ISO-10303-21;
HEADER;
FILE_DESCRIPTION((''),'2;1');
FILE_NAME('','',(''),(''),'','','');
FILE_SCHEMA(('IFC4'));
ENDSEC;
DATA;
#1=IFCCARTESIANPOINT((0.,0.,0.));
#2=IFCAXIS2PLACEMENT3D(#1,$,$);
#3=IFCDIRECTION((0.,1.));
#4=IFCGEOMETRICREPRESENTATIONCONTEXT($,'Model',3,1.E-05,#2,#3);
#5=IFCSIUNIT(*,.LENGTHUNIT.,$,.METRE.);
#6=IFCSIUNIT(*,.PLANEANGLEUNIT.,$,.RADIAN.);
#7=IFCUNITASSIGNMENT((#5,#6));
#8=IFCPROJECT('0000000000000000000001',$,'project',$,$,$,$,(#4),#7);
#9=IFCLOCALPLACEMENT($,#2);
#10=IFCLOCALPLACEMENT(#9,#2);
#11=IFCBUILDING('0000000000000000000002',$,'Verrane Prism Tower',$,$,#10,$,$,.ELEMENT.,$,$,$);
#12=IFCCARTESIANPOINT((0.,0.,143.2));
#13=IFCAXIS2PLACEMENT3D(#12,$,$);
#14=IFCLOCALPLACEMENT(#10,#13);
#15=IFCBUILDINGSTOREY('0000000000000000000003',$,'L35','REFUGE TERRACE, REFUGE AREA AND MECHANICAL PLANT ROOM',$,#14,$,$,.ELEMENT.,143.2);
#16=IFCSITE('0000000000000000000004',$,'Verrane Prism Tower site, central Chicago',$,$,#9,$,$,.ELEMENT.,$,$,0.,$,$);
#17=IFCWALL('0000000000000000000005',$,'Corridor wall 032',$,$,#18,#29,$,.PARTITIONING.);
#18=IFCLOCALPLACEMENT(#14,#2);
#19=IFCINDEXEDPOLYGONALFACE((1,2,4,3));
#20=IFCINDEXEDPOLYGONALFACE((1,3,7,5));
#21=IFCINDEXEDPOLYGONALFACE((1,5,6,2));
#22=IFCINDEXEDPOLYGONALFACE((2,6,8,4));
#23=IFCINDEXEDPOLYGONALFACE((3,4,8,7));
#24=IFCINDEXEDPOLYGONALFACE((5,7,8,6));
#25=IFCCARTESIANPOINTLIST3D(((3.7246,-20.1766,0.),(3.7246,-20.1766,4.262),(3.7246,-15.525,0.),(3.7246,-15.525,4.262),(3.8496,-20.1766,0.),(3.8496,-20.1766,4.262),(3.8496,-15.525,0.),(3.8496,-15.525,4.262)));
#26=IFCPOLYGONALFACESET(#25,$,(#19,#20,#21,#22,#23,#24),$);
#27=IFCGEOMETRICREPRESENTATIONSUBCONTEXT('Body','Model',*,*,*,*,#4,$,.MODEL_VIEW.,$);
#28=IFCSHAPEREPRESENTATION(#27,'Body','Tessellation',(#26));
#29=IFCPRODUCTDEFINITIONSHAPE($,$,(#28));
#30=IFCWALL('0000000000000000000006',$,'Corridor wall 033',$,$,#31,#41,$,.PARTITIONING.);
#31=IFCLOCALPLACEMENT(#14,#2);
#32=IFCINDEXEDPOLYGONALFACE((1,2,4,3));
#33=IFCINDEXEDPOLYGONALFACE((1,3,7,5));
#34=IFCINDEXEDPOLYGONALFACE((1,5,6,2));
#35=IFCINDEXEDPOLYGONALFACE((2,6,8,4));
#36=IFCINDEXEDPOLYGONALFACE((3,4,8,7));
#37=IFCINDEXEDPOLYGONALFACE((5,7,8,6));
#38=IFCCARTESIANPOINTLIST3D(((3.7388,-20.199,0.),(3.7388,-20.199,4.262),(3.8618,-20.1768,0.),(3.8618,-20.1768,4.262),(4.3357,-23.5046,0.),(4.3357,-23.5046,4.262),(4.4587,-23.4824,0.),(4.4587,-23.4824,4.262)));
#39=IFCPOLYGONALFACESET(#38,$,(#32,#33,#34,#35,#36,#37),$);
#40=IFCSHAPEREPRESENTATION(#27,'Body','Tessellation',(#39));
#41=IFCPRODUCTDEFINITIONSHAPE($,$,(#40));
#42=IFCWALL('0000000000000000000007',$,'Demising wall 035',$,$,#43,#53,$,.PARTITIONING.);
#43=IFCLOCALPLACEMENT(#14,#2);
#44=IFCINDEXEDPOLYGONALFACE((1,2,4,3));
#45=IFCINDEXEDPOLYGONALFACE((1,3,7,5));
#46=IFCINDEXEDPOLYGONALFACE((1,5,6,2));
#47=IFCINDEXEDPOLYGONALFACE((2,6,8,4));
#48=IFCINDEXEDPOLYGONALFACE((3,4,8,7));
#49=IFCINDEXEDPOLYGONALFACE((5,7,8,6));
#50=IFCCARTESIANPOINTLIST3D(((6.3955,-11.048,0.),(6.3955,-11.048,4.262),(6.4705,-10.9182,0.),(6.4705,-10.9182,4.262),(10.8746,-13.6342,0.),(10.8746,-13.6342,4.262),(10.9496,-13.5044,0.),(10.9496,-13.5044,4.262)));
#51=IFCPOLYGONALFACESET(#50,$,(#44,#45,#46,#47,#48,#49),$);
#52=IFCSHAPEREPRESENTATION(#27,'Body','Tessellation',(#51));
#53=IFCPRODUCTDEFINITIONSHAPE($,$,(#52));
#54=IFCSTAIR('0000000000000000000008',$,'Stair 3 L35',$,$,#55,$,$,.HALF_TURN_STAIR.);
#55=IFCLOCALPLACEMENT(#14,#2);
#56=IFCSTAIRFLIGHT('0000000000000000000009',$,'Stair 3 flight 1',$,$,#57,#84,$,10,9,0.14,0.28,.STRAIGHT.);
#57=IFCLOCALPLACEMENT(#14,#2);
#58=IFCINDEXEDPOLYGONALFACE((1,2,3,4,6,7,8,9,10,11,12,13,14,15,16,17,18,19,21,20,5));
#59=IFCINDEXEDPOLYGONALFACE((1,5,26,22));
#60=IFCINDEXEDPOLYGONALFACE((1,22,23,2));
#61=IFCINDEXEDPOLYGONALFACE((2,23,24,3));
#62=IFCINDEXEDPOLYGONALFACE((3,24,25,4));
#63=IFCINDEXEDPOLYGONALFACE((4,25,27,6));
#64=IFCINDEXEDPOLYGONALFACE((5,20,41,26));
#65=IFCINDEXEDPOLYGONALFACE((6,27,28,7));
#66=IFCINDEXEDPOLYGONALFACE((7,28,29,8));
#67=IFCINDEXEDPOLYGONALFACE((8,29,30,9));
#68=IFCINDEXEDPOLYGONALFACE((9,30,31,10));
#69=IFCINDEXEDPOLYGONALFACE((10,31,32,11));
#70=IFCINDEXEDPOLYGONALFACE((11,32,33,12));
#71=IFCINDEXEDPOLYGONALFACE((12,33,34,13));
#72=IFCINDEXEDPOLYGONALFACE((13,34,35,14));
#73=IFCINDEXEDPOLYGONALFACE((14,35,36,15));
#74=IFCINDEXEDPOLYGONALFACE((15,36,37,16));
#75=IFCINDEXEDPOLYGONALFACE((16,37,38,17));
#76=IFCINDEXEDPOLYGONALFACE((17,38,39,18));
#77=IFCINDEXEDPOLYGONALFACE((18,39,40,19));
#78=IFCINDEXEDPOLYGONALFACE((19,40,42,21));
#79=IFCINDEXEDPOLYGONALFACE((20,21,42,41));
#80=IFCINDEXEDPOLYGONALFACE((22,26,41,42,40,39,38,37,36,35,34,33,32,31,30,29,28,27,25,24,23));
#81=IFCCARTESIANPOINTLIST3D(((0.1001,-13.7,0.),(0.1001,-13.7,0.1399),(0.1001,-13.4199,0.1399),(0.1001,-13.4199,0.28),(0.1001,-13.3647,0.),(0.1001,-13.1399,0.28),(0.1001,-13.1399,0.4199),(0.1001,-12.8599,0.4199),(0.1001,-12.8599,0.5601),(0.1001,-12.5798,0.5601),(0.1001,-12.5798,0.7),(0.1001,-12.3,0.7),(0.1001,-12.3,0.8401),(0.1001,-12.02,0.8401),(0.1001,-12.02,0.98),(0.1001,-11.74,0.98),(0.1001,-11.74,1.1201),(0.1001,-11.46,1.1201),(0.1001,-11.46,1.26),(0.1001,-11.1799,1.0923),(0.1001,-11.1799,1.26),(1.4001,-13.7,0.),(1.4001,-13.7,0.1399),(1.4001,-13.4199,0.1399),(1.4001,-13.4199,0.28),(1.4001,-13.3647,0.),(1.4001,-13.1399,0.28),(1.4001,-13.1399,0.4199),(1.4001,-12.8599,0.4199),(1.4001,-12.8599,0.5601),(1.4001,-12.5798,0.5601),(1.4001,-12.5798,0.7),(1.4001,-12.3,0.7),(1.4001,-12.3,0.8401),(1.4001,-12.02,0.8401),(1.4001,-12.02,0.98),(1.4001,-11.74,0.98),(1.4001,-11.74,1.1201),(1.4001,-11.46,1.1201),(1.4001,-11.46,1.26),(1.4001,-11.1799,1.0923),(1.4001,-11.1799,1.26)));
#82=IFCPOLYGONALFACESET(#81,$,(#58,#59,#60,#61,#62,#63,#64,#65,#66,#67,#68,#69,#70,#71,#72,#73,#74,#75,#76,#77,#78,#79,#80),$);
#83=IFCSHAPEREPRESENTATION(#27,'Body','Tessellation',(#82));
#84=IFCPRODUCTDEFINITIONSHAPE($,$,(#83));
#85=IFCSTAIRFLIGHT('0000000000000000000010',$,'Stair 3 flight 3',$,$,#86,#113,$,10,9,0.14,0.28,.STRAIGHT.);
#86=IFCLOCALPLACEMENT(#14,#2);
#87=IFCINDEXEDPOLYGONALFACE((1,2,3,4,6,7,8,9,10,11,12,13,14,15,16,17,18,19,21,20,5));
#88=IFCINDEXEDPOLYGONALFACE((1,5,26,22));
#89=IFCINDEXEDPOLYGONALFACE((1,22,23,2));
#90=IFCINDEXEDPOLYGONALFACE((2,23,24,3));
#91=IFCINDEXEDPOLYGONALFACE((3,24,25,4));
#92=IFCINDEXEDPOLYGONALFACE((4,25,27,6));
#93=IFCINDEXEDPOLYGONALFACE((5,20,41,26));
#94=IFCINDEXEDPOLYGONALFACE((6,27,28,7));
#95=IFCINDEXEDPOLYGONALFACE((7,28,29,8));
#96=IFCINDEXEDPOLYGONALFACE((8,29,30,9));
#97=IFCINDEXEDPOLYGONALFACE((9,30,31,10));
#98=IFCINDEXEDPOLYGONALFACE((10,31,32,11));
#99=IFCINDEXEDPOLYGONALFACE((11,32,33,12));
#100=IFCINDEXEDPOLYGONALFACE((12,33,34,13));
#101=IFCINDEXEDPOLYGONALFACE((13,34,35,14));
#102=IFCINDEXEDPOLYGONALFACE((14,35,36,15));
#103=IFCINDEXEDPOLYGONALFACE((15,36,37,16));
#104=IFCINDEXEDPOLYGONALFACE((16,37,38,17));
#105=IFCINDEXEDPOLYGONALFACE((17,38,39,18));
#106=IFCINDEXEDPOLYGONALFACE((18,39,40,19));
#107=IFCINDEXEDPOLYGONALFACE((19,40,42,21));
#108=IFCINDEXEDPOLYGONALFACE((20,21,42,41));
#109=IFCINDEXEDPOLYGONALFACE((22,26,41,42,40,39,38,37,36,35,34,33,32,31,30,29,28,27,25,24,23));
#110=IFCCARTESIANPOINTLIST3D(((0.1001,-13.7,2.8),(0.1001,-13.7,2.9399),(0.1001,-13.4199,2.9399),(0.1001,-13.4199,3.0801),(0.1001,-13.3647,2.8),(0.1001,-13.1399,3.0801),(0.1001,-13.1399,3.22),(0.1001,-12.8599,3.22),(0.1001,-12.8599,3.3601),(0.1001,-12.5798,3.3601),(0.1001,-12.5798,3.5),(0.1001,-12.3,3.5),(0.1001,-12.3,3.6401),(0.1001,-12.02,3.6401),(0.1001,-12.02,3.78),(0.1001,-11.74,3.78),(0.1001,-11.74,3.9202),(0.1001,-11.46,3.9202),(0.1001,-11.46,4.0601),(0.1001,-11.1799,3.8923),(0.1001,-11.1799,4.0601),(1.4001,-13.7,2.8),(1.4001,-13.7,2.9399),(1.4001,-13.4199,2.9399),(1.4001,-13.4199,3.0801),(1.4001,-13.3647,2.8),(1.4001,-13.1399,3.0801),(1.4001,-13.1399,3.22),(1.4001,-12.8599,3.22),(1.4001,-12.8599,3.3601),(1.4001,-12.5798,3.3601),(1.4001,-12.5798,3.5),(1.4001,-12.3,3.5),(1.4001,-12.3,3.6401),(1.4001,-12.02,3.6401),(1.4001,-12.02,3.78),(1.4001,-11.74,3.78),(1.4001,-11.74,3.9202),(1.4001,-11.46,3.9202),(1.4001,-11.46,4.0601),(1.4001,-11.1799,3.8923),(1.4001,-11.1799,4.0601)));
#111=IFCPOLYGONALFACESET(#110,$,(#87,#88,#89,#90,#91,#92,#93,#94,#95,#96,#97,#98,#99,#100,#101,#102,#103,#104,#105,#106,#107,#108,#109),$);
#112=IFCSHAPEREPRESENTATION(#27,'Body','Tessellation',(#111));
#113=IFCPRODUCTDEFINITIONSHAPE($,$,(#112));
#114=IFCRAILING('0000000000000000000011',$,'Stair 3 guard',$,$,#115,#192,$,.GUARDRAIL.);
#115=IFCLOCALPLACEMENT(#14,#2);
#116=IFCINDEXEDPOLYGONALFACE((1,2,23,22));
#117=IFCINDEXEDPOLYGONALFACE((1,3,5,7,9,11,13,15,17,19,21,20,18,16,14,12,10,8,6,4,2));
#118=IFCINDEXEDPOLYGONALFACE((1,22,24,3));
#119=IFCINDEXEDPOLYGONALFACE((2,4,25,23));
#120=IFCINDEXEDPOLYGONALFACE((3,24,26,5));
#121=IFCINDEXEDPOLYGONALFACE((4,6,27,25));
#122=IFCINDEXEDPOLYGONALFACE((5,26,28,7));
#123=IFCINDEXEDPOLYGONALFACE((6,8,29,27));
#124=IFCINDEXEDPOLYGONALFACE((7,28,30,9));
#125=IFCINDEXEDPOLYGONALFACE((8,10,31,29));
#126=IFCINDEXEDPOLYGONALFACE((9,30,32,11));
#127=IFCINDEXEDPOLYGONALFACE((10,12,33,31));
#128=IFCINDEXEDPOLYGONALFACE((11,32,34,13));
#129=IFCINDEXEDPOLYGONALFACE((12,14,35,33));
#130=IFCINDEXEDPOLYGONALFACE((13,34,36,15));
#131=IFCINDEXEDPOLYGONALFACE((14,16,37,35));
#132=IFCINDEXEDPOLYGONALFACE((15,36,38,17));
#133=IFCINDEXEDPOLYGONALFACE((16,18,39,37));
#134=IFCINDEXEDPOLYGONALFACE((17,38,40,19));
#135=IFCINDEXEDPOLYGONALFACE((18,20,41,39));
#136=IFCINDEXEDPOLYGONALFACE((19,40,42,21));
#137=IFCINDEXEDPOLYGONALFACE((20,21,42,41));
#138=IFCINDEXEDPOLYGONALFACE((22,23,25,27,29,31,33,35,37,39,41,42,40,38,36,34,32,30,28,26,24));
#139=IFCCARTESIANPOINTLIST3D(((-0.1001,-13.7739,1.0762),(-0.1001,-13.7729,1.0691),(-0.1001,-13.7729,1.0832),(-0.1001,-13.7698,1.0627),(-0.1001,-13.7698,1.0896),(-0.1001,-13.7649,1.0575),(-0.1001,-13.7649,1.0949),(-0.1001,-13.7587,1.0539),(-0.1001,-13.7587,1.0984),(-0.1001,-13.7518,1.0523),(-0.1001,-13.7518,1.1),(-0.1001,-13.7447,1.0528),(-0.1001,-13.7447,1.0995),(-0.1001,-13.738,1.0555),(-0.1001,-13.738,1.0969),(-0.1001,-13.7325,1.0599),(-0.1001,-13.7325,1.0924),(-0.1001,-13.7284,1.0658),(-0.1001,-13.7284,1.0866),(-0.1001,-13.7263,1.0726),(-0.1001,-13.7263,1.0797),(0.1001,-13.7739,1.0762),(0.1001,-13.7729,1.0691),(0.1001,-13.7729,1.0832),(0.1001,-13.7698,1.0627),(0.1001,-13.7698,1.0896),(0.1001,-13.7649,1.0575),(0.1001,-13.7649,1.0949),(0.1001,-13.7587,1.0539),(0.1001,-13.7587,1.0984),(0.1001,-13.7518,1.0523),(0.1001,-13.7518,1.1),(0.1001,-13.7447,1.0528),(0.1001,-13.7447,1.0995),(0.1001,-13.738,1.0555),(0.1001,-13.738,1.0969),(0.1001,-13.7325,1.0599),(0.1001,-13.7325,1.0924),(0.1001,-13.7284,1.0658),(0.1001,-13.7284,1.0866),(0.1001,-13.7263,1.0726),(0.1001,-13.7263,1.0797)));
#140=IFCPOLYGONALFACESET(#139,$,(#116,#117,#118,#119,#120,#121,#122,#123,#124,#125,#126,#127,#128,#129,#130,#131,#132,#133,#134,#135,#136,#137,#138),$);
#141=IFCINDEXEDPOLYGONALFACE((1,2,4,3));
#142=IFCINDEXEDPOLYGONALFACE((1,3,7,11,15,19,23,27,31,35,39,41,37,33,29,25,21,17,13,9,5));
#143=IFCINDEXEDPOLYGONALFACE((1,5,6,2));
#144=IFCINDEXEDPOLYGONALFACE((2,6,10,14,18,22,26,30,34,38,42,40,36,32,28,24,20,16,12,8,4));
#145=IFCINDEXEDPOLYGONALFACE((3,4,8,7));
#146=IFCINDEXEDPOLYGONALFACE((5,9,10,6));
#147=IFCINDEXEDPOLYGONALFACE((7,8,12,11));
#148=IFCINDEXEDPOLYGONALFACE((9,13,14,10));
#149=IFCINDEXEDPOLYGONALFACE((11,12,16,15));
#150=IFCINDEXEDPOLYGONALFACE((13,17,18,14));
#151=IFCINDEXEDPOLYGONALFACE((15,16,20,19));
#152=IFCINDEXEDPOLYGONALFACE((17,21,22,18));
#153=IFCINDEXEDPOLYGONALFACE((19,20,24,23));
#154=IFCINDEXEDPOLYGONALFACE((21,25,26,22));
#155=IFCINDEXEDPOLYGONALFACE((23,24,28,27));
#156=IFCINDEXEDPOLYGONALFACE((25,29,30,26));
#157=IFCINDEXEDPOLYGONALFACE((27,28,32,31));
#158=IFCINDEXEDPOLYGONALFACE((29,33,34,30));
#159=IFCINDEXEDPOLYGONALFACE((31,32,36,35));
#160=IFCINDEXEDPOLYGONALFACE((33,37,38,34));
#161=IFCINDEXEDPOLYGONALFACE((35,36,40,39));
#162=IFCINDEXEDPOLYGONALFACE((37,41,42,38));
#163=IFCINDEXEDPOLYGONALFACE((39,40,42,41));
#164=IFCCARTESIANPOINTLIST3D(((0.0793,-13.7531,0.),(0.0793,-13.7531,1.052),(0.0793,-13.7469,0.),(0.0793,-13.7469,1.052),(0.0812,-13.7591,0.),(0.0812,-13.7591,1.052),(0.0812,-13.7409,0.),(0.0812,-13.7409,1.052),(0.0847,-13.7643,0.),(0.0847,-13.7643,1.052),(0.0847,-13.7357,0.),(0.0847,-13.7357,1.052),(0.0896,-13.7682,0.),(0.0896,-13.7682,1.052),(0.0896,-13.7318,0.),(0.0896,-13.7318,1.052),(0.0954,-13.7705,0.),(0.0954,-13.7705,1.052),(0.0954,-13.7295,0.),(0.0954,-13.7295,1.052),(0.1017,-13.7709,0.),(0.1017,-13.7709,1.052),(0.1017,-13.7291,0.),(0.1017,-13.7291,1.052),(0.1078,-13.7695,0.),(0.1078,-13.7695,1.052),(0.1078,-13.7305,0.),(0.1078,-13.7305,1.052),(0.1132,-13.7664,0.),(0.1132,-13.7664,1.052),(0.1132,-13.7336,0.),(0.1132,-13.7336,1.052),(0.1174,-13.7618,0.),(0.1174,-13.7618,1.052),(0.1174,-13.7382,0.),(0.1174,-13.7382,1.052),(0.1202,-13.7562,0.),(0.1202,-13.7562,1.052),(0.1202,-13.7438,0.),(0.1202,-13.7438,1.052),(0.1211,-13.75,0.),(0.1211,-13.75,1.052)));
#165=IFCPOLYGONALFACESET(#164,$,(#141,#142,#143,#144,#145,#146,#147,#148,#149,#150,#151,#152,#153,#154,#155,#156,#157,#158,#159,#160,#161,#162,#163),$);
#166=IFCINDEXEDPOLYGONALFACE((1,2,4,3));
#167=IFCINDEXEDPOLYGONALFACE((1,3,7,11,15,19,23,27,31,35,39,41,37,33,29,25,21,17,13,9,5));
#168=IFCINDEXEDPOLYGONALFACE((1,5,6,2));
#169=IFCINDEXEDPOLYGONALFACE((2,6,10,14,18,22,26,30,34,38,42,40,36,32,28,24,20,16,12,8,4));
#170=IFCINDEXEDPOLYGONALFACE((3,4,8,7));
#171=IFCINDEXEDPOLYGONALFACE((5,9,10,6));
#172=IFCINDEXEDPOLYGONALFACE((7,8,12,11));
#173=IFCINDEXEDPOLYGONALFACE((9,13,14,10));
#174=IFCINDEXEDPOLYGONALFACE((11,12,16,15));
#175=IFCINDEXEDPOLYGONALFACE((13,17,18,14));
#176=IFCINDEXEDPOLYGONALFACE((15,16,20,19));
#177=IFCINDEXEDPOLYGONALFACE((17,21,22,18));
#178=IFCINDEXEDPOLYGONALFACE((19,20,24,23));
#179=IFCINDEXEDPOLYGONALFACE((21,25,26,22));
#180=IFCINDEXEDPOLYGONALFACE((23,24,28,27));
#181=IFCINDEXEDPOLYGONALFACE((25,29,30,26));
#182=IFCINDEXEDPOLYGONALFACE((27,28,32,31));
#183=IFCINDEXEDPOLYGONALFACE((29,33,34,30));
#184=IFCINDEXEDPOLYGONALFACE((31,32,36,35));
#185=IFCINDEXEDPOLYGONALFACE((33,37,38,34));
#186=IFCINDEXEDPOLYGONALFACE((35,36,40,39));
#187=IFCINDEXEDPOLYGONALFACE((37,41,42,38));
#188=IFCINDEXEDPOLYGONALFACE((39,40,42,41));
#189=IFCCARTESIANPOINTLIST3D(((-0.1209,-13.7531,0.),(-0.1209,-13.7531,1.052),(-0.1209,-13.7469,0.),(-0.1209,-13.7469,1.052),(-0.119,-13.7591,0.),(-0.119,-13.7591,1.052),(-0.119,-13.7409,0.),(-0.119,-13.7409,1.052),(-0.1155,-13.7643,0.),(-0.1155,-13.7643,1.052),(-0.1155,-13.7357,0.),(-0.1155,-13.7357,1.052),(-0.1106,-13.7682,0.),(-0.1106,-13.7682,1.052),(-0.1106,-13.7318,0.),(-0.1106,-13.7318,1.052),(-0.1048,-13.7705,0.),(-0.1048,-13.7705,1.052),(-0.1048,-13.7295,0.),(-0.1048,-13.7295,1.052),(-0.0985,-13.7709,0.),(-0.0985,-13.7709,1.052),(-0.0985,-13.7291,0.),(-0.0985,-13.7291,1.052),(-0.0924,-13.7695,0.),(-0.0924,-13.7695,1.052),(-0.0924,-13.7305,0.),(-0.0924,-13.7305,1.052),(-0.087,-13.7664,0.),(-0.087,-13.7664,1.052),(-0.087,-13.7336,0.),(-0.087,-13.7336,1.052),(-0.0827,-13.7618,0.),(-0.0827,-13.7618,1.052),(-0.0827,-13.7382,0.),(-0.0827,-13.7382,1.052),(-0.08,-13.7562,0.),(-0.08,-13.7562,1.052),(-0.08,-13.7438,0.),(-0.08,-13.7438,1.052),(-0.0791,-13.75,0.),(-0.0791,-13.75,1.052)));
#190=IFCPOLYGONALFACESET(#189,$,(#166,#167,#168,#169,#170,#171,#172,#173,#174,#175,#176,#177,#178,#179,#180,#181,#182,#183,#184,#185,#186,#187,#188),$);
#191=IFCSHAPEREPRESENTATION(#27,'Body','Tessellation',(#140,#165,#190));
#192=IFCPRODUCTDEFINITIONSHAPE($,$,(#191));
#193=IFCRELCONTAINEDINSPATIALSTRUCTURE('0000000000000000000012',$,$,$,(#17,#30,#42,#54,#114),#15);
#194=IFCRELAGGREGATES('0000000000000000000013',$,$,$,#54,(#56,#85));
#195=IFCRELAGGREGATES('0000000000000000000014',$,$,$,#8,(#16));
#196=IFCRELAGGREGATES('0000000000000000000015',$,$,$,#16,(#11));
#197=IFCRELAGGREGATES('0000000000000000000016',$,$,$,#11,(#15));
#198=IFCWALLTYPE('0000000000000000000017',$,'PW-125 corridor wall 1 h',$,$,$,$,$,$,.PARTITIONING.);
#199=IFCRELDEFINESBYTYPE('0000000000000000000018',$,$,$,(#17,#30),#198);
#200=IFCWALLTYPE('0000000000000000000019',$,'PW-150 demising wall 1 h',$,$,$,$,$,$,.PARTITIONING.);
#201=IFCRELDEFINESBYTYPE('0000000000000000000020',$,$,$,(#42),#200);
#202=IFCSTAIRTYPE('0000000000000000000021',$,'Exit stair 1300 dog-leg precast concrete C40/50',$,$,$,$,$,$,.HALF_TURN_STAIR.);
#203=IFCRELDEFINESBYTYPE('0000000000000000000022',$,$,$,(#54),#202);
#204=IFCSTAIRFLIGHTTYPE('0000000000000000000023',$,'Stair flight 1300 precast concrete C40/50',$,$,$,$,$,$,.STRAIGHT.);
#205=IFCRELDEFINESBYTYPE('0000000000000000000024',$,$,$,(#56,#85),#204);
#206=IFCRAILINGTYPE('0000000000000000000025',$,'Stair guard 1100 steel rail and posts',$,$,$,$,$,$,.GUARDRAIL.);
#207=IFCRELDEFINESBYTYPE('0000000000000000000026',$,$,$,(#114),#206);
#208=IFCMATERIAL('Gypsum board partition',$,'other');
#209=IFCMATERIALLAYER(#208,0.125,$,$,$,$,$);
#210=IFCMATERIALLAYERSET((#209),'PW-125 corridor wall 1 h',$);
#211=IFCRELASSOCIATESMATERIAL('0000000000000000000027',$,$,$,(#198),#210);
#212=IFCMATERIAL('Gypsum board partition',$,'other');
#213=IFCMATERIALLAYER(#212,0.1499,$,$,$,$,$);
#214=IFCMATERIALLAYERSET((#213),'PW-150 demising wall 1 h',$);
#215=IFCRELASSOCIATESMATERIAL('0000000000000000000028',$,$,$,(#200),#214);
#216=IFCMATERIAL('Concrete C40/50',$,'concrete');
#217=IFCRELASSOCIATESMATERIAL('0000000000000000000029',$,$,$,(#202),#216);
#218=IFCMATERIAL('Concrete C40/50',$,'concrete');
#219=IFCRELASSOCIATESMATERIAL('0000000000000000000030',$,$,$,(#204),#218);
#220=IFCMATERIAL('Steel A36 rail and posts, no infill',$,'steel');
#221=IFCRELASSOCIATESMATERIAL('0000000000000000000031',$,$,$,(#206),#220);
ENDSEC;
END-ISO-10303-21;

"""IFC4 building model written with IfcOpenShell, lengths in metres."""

from ifc_helpers import new_model, si_unit, direction, frame, frame_2d, origin, origin_2d, place, context, subcontext, project, spatial, polyline, rectangle, circle, outline, extrude, material, layer, layer_set, type_object, element, aggregate, save


model = new_model("IFC4")

# Units and contexts
model_context = context("Model", 3, precision=1e-05, world=origin(), true_north=direction((0.0, 1.0)))
body_context = subcontext(model_context, "Body", "Model", "MODEL_VIEW")
ifc_project = project(units=[si_unit("LENGTHUNIT", "METRE"), si_unit("PLANEANGLEUNIT", "RADIAN")], contexts=[model_context])

# Site, building, storey
site_placement = place(None, origin())
site = spatial("IfcSite", under=ifc_project, at=site_placement, Name="Verrane Prism Tower site, central Chicago", CompositionType="ELEMENT", RefElevation=0.0)
building_placement = place(site_placement, origin())
building = spatial("IfcBuilding", under=site, at=building_placement, Name="Verrane Prism Tower", CompositionType="ELEMENT")
storey_placement = place(building_placement, frame((0.0, 0.0, 143.2)))
storey = spatial("IfcBuildingStorey", under=building, at=storey_placement, Name="L35", Description="REFUGE TERRACE, REFUGE AREA AND MECHANICAL PLANT ROOM", CompositionType="ELEMENT", Elevation=143.2)

# Walls
ifc_material_1 = material(Name="Gypsum board partition", Category="other")
ifc_layer_1 = layer(ifc_material_1, 0.125)
ifc_layer_set_1 = layer_set([ifc_layer_1], Name="PW-125 corridor wall 1 h")
wall_type_1 = type_object("IfcWallType", Name="PW-125 corridor wall 1 h", PredefinedType="PARTITIONING", material=ifc_layer_set_1)
wall_1_placement = place(storey_placement, frame((3.7871, -20.1765, 0.0), z_axis=(0.0, 0.0, 1.0), x_axis=(0.0, 1.0, 0.0)))
element("IfcWall", 1, at=wall_1_placement, inside=storey, type_object=wall_type_1, Name="Corridor wall 032", PredefinedType="PARTITIONING", context=body_context, shape_type="SweptSolid", body=[
    extrude(rectangle(XDim=4.6516, YDim=0.125, at=frame_2d((2.3257, 0.0))), origin(), (0.0, 0.0, 1.0), 4.262),
])
wall_2_placement = place(storey_placement, frame((3.8003, -20.1877, 0.0), z_axis=(0.0, 0.0, 1.0), x_axis=(0.177702, -0.984084, 0.0)))
element("IfcWall", 2, at=wall_2_placement, inside=storey, type_object=wall_type_1, Name="Corridor wall 033", PredefinedType="PARTITIONING", context=body_context, shape_type="SweptSolid", body=[
    extrude(rectangle(XDim=3.3591, YDim=0.125, at=frame_2d((1.6797, 0.0))), origin(), (0.0, 0.0, 1.0), 4.262),
])
ifc_material_2 = material(Name="Gypsum board partition", Category="other")
ifc_layer_2 = layer(ifc_material_2, 0.1499)
ifc_layer_set_2 = layer_set([ifc_layer_2], Name="PW-150 demising wall 1 h")
wall_type_2 = type_object("IfcWallType", Name="PW-150 demising wall 1 h", PredefinedType="PARTITIONING", material=ifc_layer_set_2)
wall_3_placement = place(storey_placement, frame((6.4331, -10.9832, 0.0), z_axis=(0.0, 0.0, 1.0), x_axis=(0.866006, -0.500033, 0.0)))
element("IfcWall", 3, at=wall_3_placement, inside=storey, type_object=wall_type_2, Name="Demising wall 035", PredefinedType="PARTITIONING", context=body_context, shape_type="SweptSolid", body=[
    extrude(rectangle(XDim=5.1721, YDim=0.1499, at=frame_2d((2.5859, 0.0))), origin(), (0.0, 0.0, 1.0), 4.262),
])

# Stair, stair flights
ifc_material_3 = material(Name="Concrete C40/50", Category="concrete")
stair_type = type_object("IfcStairType", Name="Exit stair 1300 dog-leg precast concrete C40/50", PredefinedType="HALF_TURN_STAIR", material=ifc_material_3)
stair_placement = place(storey_placement, origin())
stair = element("IfcStair", 4, at=stair_placement, inside=storey, type_object=stair_type, Name="Stair 3 L35", PredefinedType="HALF_TURN_STAIR")
ifc_material_4 = material(Name="Concrete C40/50", Category="concrete")
stair_flight_type = type_object("IfcStairFlightType", Name="Stair flight 1300 precast concrete C40/50", PredefinedType="STRAIGHT", material=ifc_material_4)
stair_flight_1_placement = place(storey_placement, frame((0.75, -13.7, 0.0), z_axis=(0.0, 0.0, 1.0), x_axis=(0.0, 1.0, 0.0)))
stair_flight_1 = element("IfcStairFlight", 5, at=stair_flight_1_placement, type_object=stair_flight_type, Name="Stair 3 flight 1", NumberOfRisers=10, NumberOfTreads=9, PredefinedType="STRAIGHT", RiserHeight=0.14, TreadLength=0.28, context=body_context, shape_type="SweptSolid", body=[
    extrude(outline(polyline([(0.0, 0.0), (0.0, 0.1399), (0.28, 0.1399), (0.28, 0.28), (0.5601, 0.28), (0.5601, 0.4199), (0.8401, 0.4199), (0.8401, 0.5601), (1.1201, 0.5601), (1.1201, 0.7), (1.3999, 0.7), (1.3999, 0.8401), (1.6799, 0.8401), (1.6799, 0.98), (1.96, 0.98), (1.96, 1.1201), (2.24, 1.1201), (2.24, 1.26), (2.52, 1.26), (2.52, 1.3999), (2.52, 1.0923), (0.3352, 0.0), (0.0, 0.0)])), frame((0.0, 0.6499, 0.0), z_axis=(0.0, -1.0, 0.0), x_axis=(1.0, 0.0, 0.0)), (0.0, 0.0, 1.0), 1.3),
])
stair_flight_2_placement = place(storey_placement, frame((0.75, -13.7, 2.8), z_axis=(0.0, 0.0, 1.0), x_axis=(0.0, 1.0, 0.0)))
stair_flight_2 = element("IfcStairFlight", 6, at=stair_flight_2_placement, type_object=stair_flight_type, Name="Stair 3 flight 3", NumberOfRisers=10, NumberOfTreads=9, PredefinedType="STRAIGHT", RiserHeight=0.14, TreadLength=0.28, context=body_context, shape_type="SweptSolid", body=[
    extrude(outline(polyline([(0.0, 0.0), (0.0, 0.1399), (0.28, 0.1399), (0.28, 0.28), (0.5601, 0.28), (0.5601, 0.4199), (0.8401, 0.4199), (0.8401, 0.5601), (1.1201, 0.5601), (1.1201, 0.7), (1.3999, 0.7), (1.3999, 0.8401), (1.6799, 0.8401), (1.6799, 0.98), (1.96, 0.98), (1.96, 1.1201), (2.24, 1.1201), (2.24, 1.26), (2.52, 1.26), (2.52, 1.3999), (2.52, 1.0923), (0.3352, 0.0), (0.0, 0.0)])), frame((0.0, 0.6499, 0.0), z_axis=(0.0, -1.0, 0.0), x_axis=(1.0, 0.0, 0.0)), (0.0, 0.0, 1.0), 1.3),
])
aggregate(stair, [stair_flight_1, stair_flight_2])

# Railing
ifc_material_5 = material(Name="Steel A36 rail and posts, no infill", Category="steel")
railing_type_1 = type_object("IfcRailingType", Name="Stair guard 1100 steel rail and posts", PredefinedType="GUARDRAIL", material=ifc_material_5)
railing_1_placement = place(storey_placement, frame((0.1001, -13.75, 0.0)))
element("IfcRailing", 7, at=railing_1_placement, inside=storey, type_object=railing_type_1, Name="Stair 3 guard", PredefinedType="GUARDRAIL", context=body_context, shape_type="SweptSolid", body=[
    extrude(circle(Radius=0.0239, at=origin_2d()), frame((0.0, 0.0, 1.0762), z_axis=(-1.0, 0.0, 0.0), x_axis=(0.0, -1.0, 0.0)), (0.0, 0.0, 1.0), 0.2002),
    extrude(circle(Radius=0.021, at=origin_2d()), origin(), (0.0, 0.0, 1.0), 1.052),
    extrude(circle(Radius=0.021, at=origin_2d()), frame((-0.2002, 0.0, 0.0)), (0.0, 0.0, 1.0), 1.052),
])

save(model, "model.ifc")
